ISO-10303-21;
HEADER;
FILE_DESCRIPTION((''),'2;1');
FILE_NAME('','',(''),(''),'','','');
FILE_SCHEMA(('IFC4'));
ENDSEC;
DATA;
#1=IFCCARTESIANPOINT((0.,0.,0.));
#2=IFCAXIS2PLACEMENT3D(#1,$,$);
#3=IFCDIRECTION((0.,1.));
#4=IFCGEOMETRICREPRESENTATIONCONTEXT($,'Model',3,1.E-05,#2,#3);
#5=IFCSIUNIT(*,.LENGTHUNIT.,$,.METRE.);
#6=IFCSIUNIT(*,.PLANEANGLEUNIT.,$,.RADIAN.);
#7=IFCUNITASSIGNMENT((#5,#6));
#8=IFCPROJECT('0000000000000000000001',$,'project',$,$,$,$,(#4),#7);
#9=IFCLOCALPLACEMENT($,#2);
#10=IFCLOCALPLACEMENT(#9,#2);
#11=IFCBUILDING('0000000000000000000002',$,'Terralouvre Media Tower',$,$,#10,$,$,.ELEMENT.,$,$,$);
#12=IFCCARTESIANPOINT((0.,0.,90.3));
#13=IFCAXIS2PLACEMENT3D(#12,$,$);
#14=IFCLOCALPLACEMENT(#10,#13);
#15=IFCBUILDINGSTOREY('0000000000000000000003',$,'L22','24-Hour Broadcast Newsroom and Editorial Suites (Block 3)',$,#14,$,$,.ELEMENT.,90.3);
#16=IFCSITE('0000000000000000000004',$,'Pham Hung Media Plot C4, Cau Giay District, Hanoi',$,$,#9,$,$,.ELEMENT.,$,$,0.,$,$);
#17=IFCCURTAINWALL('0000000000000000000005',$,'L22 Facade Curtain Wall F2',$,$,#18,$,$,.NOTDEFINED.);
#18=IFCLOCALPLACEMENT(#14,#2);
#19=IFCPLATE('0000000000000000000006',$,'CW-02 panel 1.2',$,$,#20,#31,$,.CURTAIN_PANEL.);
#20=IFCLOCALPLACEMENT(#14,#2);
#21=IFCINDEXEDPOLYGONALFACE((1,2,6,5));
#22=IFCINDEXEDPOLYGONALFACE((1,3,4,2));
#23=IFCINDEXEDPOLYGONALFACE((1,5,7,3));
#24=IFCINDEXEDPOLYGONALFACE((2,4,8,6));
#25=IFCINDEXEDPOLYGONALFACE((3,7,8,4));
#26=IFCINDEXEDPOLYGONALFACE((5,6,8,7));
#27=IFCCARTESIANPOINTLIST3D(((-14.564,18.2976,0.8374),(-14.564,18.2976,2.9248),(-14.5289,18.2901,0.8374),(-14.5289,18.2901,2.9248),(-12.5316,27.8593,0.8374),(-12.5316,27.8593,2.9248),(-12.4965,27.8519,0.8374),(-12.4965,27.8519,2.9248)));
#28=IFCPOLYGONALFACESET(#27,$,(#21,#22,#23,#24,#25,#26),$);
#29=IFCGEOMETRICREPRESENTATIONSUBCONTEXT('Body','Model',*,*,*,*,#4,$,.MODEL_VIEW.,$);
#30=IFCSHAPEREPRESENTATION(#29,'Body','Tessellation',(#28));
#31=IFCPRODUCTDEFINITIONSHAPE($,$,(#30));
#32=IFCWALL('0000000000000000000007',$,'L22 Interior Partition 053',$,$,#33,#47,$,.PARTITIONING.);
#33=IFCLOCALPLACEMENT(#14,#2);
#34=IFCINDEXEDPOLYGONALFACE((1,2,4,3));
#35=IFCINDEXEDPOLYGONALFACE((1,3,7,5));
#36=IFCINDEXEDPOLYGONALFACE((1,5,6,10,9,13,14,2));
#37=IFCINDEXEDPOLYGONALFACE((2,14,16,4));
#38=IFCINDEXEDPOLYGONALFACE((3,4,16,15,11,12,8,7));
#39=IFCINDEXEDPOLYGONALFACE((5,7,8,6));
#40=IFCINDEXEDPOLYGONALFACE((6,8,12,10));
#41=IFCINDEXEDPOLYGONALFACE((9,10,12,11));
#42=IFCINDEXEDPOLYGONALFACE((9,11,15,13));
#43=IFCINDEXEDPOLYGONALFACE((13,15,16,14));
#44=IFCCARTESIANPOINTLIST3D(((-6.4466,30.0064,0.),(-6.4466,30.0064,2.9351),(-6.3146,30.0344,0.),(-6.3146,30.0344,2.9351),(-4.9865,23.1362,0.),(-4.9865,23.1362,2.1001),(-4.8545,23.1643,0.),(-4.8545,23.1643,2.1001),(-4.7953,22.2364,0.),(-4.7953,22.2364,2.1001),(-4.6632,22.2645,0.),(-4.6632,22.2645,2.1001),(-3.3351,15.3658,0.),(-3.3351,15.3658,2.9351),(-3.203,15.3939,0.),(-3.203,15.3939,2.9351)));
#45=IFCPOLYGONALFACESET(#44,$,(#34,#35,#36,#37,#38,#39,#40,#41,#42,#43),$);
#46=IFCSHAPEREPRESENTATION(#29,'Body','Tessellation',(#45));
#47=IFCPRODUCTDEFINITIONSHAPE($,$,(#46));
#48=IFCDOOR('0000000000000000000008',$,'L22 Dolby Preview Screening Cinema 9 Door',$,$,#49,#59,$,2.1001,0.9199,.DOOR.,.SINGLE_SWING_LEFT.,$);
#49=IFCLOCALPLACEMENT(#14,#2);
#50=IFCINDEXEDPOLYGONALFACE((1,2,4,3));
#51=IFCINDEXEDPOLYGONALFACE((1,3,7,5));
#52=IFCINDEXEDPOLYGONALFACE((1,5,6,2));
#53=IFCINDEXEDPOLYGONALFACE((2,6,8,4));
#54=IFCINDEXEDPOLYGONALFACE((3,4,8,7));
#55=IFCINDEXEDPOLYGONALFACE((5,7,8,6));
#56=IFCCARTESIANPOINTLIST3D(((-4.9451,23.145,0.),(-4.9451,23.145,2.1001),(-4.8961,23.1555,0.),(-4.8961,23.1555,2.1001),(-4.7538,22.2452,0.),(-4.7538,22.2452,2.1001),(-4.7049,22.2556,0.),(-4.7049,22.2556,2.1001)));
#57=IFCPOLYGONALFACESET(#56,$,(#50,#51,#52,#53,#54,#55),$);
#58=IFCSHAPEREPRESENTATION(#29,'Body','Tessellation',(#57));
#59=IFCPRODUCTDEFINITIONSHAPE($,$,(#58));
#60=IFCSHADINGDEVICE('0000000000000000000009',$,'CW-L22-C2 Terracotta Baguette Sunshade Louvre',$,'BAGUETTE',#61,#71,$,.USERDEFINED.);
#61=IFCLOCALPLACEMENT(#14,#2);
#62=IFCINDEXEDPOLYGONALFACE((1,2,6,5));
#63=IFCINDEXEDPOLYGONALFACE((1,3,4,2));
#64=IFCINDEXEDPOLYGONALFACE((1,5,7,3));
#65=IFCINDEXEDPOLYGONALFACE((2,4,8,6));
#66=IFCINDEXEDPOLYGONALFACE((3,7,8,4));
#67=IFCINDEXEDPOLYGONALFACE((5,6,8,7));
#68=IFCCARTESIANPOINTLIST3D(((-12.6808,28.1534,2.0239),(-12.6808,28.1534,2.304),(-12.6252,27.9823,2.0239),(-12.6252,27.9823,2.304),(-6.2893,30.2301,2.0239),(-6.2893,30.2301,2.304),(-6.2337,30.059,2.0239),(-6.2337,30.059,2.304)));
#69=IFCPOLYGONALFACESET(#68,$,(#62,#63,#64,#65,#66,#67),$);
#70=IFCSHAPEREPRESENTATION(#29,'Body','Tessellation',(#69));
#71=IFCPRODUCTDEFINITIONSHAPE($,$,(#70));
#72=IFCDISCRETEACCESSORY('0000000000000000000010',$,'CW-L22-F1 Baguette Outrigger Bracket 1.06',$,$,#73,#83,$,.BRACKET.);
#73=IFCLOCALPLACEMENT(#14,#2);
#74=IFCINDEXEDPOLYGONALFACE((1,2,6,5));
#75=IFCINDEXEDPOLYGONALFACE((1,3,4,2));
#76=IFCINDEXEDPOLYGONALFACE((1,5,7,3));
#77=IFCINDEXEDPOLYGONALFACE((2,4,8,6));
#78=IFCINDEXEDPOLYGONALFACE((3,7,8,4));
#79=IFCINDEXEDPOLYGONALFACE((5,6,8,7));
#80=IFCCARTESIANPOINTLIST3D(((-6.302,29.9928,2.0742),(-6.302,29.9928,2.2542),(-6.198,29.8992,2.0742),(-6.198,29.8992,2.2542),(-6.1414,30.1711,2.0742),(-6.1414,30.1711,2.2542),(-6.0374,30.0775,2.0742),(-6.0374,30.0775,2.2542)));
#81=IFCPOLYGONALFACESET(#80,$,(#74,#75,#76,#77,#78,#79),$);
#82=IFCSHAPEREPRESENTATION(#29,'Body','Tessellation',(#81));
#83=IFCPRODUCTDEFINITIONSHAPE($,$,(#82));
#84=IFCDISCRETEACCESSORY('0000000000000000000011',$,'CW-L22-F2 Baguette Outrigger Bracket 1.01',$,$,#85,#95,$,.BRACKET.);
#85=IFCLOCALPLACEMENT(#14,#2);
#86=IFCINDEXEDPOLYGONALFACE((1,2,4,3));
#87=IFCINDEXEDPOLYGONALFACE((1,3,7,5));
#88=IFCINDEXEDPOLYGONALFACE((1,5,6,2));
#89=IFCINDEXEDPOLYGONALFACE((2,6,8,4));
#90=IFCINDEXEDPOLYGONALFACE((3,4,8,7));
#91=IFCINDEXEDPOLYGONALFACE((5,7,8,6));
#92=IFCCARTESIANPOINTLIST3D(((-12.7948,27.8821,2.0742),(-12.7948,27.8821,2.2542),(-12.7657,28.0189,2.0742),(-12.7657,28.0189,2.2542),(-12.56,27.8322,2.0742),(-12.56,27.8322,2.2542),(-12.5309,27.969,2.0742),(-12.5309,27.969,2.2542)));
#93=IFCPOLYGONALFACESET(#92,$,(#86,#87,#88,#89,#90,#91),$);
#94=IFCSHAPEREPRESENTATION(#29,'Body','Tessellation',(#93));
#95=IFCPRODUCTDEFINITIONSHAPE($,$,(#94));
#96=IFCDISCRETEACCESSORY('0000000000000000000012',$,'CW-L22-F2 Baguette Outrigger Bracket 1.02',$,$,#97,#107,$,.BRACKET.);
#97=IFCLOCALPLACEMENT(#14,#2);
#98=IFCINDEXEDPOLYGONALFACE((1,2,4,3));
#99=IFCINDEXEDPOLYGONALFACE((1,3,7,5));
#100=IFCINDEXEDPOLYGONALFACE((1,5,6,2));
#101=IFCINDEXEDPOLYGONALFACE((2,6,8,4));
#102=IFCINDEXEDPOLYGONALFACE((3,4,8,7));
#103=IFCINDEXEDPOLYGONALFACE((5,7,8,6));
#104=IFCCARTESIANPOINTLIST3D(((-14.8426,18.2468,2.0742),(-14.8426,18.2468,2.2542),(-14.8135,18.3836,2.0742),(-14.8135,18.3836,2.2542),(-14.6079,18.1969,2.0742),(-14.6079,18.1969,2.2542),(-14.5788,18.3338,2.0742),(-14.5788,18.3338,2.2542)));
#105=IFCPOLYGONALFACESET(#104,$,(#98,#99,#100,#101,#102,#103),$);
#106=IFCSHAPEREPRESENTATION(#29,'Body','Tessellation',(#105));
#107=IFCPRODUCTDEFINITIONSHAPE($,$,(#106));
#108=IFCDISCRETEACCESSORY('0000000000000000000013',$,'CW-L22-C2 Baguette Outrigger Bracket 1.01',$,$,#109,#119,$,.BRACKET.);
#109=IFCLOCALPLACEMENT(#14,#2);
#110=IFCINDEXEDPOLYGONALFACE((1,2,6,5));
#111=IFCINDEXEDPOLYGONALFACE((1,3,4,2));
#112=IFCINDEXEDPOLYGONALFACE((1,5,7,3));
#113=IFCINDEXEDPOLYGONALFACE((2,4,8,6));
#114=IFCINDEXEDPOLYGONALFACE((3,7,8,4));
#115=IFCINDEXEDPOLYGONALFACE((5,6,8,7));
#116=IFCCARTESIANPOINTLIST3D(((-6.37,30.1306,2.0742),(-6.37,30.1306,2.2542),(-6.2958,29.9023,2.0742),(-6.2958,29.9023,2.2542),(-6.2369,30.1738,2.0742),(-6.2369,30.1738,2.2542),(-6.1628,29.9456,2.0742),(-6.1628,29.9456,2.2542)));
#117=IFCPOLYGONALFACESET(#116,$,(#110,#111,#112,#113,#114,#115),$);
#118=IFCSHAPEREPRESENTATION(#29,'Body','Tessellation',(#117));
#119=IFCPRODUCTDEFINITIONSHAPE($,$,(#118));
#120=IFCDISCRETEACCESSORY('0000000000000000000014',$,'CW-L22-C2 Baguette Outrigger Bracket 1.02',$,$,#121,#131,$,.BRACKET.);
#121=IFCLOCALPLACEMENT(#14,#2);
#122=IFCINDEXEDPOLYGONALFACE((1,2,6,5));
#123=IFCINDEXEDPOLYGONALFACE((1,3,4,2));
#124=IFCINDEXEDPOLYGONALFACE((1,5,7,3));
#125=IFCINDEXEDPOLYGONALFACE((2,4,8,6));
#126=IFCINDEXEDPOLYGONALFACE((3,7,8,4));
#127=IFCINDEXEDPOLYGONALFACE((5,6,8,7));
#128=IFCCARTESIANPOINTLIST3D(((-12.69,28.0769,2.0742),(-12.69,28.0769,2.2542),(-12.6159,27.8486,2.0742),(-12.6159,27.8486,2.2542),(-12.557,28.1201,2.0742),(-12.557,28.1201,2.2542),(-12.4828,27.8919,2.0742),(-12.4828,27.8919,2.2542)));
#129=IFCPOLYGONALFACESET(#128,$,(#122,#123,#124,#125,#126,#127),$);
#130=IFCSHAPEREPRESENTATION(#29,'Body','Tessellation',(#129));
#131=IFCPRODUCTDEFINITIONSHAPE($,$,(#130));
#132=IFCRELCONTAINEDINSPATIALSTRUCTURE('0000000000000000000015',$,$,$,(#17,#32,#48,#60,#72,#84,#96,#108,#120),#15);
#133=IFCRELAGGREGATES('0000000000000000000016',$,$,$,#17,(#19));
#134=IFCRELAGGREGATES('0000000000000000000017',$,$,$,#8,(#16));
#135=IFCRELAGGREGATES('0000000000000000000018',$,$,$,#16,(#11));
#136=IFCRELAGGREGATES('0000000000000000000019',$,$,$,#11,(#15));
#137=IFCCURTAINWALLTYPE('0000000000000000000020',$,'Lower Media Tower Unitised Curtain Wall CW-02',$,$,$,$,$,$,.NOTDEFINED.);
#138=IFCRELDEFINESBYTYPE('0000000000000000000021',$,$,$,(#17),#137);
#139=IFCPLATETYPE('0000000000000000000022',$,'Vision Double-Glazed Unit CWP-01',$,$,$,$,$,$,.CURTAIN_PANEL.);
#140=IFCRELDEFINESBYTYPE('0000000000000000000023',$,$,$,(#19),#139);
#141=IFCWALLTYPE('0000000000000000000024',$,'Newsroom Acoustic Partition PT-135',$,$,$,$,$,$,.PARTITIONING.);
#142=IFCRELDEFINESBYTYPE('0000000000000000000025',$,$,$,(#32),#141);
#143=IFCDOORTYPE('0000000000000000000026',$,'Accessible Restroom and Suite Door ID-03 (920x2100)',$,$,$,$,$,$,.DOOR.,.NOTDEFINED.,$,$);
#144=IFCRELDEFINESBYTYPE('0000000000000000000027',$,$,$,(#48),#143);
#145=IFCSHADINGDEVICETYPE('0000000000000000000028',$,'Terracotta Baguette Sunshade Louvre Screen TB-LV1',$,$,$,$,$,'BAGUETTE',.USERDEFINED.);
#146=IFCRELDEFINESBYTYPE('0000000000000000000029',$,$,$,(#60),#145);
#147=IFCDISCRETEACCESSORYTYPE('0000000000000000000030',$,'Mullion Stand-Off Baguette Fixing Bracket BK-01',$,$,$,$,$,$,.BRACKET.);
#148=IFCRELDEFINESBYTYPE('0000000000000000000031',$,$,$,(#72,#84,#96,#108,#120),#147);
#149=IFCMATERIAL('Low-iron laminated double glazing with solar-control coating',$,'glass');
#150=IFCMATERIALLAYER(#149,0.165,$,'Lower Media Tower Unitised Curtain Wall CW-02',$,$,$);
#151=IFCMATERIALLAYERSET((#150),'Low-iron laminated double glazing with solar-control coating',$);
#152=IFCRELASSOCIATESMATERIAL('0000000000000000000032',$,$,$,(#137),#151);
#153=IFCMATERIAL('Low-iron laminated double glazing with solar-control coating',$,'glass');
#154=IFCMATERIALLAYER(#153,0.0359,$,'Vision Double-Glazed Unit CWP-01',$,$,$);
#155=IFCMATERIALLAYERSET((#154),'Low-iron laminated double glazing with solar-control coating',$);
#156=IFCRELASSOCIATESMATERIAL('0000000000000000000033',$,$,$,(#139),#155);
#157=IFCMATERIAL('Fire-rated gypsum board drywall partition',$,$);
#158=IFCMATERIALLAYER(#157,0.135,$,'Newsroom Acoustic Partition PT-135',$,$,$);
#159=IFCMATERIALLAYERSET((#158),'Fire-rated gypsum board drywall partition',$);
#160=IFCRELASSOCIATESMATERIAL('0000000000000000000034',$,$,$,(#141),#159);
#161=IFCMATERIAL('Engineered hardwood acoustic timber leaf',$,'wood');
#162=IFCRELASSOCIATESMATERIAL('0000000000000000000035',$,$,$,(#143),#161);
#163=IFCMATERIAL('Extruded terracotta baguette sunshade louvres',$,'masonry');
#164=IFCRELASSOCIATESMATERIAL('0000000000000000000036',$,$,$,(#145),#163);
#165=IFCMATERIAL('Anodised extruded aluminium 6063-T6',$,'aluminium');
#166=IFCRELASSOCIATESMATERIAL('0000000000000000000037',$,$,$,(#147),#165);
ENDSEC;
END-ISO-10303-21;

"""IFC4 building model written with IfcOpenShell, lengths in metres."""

from ifc_helpers import new_model, si_unit, direction, frame, frame_2d, origin, origin_2d, place, context, subcontext, project, spatial, rectangle, extrude, material, layer, layer_set, type_object, element, fill, aggregate, save


model = new_model("IFC4")

# Units and contexts
model_context = context("Model", 3, precision=1e-05, world=origin(), true_north=direction((0.0, 1.0)))
body_context = subcontext(model_context, "Body", "Model", "MODEL_VIEW")
ifc_project = project(units=[si_unit("LENGTHUNIT", "METRE"), si_unit("PLANEANGLEUNIT", "RADIAN")], contexts=[model_context])

# Site, building, storey
site_placement = place(None, origin())
site = spatial("IfcSite", under=ifc_project, at=site_placement, Name="Pham Hung Media Plot C4, Cau Giay District, Hanoi", CompositionType="ELEMENT", RefElevation=0.0)
building_placement = place(site_placement, origin())
building = spatial("IfcBuilding", under=site, at=building_placement, Name="Terralouvre Media Tower", CompositionType="ELEMENT")
storey_placement = place(building_placement, frame((0.0, 0.0, 90.3)))
storey = spatial("IfcBuildingStorey", under=building, at=storey_placement, Name="L22", Description="24-Hour Broadcast Newsroom and Editorial Suites (Block 3)", CompositionType="ELEMENT", Elevation=90.3)

# Curtain wall
ifc_material_1 = material(Name="Low-iron laminated double glazing with solar-control coating", Category="glass")
ifc_layer_1 = layer(ifc_material_1, 0.165, Name="Lower Media Tower Unitised Curtain Wall CW-02")
ifc_layer_set_1 = layer_set([ifc_layer_1], Name="Low-iron laminated double glazing with solar-control coating")
curtain_wall_type_1 = type_object("IfcCurtainWallType", Name="Lower Media Tower Unitised Curtain Wall CW-02", PredefinedType="NOTDEFINED", material=ifc_layer_set_1)
curtain_wall_1_placement = place(storey_placement, origin())
curtain_wall_1 = element("IfcCurtainWall", 1, at=curtain_wall_1_placement, inside=storey, type_object=curtain_wall_type_1, Name="L22 Facade Curtain Wall F2", PredefinedType="NOTDEFINED")

# Plate
ifc_material_2 = material(Name="Low-iron laminated double glazing with solar-control coating", Category="glass")
ifc_layer_2 = layer(ifc_material_2, 0.0359, Name="Vision Double-Glazed Unit CWP-01")
ifc_layer_set_2 = layer_set([ifc_layer_2], Name="Low-iron laminated double glazing with solar-control coating")
plate_type_1 = type_object("IfcPlateType", Name="Vision Double-Glazed Unit CWP-01", PredefinedType="CURTAIN_PANEL", material=ifc_layer_set_2)
plate_1_placement = place(storey_placement, frame((-13.5303, 23.0747, 0.8374), z_axis=(0.0, 0.0, 1.0), x_axis=(-0.207912, -0.978148, 0.0)))
plate_1 = element("IfcPlate", 2, at=plate_1_placement, type_object=plate_type_1, Name="CW-02 panel 1.2", PredefinedType="CURTAIN_PANEL", context=body_context, shape_type="SweptSolid", body=[
    extrude(rectangle(XDim=9.7754, YDim=0.0359, at=origin_2d()), origin(), (0.0, 0.0, 1.0), 2.0874),
])
aggregate(curtain_wall_1, [plate_1])

# Wall, opening, door
ifc_material_3 = material(Name="Fire-rated gypsum board drywall partition")
ifc_layer_3 = layer(ifc_material_3, 0.135, Name="Newsroom Acoustic Partition PT-135")
ifc_layer_set_3 = layer_set([ifc_layer_3], Name="Fire-rated gypsum board drywall partition")
wall_type = type_object("IfcWallType", Name="Newsroom Acoustic Partition PT-135", PredefinedType="PARTITIONING", material=ifc_layer_set_3)
wall_placement = place(storey_placement, frame((-6.3806, 30.0205, 0.0), z_axis=(0.0, 0.0, 1.0), x_axis=(0.207887, -0.978153, 0.0)))
wall = element("IfcWall", 3, at=wall_placement, inside=storey, type_object=wall_type, Name="L22 Interior Partition 053", PredefinedType="PARTITIONING", context=body_context, shape_type="SweptSolid", body=[
    extrude(rectangle(XDim=14.9675, YDim=0.135, at=frame_2d((7.4839, 0.0))), origin(), (0.0, 0.0, 1.0), 2.9351),
])
opening_placement = place(wall_placement, frame((7.0237, 0.0, 0.0)))
opening = element("IfcOpeningElement", 4, at=opening_placement, cuts=wall, PredefinedType="OPENING", context=body_context, shape_type="SweptSolid", body=[
    extrude(rectangle(XDim=0.9199, YDim=2.1001, at=frame_2d((0.46, 1.05))), frame((0.0, 0.0774, 0.0), z_axis=(0.0, -1.0, 0.0), x_axis=(1.0, 0.0, 0.0)), (0.0, 0.0, 1.0), 0.155),
])
ifc_material_4 = material(Name="Engineered hardwood acoustic timber leaf", Category="wood")
door_type = type_object("IfcDoorType", Name="Accessible Restroom and Suite Door ID-03 (920x2100)", OperationType="NOTDEFINED", PredefinedType="DOOR", material=ifc_material_4)
door_placement = place(opening_placement, origin())
door = element("IfcDoor", 5, at=door_placement, inside=storey, type_object=door_type, Name="L22 Dolby Preview Screening Cinema 9 Door", OperationType="SINGLE_SWING_LEFT", OverallHeight=2.1001, OverallWidth=0.9199, PredefinedType="DOOR", context=body_context, shape_type="SweptSolid", body=[
    extrude(rectangle(XDim=0.9199, YDim=2.1001, at=frame_2d((0.46, 1.05))), frame((0.0, 0.0249, 0.0), z_axis=(0.0, -1.0, 0.0), x_axis=(1.0, 0.0, 0.0)), (0.0, 0.0, 1.0), 0.05),
])
fill(opening, door)

# Shading device
ifc_material_5 = material(Name="Extruded terracotta baguette sunshade louvres", Category="masonry")
shading_device_type = type_object("IfcShadingDeviceType", Name="Terracotta Baguette Sunshade Louvre Screen TB-LV1", ElementType="BAGUETTE", PredefinedType="USERDEFINED", material=ifc_material_5)
shading_device_placement = place(storey_placement, frame((-9.4573, 29.1062, 2.0239), z_axis=(0.0, 0.0, 1.0), x_axis=(-0.951056, -0.309018, 0.0)))
element("IfcShadingDevice", 6, at=shading_device_placement, inside=storey, type_object=shading_device_type, Name="CW-L22-C2 Terracotta Baguette Sunshade Louvre", ObjectType="BAGUETTE", PredefinedType="USERDEFINED", context=body_context, shape_type="SweptSolid", body=[
    extrude(rectangle(XDim=6.7205, YDim=0.1799, at=origin_2d()), origin(), (0.0, 0.0, 1.0), 0.28),
])

# Discrete accessories
ifc_material_6 = material(Name="Anodised extruded aluminium 6063-T6", Category="aluminium")
discrete_accessory_type = type_object("IfcDiscreteAccessoryType", Name="Mullion Stand-Off Baguette Fixing Bracket BK-01", PredefinedType="BRACKET", material=ifc_material_6)
for number, where, z_axis, x_axis, name in (
    (7, (-6.1697, 30.0352, 2.0742), (0.0, 0.0, 1.0), (-0.743145, 0.669131, 0.0), "CW-L22-F1 Baguette Outrigger Bracket 1.06"),
    (8, (-12.6628, 27.9255, 2.0742), (0.0, 0.0, 1.0), (-0.207912, -0.978148, 0.0), "CW-L22-F2 Baguette Outrigger Bracket 1.01"),
    (9, (-14.7107, 18.2903, 2.0742), (0.0, 0.0, 1.0), (-0.207912, -0.978148, 0.0), "CW-L22-F2 Baguette Outrigger Bracket 1.02"),
    (10, (-6.2664, 30.0381, 2.0742), (0.0, 0.0, 1.0), (-0.951056, -0.309018, 0.0), "CW-L22-C2 Baguette Outrigger Bracket 1.01"),
    (11, (-12.5864, 27.9844, 2.0742), (0.0, 0.0, 1.0), (-0.951056, -0.309018, 0.0), "CW-L22-C2 Baguette Outrigger Bracket 1.02"),
):
    element("IfcDiscreteAccessory", number, at=place(storey_placement, frame(where, z_axis=z_axis, x_axis=x_axis)), inside=storey, type_object=discrete_accessory_type, Name=name, PredefinedType="BRACKET", context=body_context, shape_type="SweptSolid", body=[
        extrude(rectangle(XDim=0.1399, YDim=0.24, at=origin_2d()), origin(), (0.0, 0.0, 1.0), 0.1799),
    ])

save(model, "model.ifc")
